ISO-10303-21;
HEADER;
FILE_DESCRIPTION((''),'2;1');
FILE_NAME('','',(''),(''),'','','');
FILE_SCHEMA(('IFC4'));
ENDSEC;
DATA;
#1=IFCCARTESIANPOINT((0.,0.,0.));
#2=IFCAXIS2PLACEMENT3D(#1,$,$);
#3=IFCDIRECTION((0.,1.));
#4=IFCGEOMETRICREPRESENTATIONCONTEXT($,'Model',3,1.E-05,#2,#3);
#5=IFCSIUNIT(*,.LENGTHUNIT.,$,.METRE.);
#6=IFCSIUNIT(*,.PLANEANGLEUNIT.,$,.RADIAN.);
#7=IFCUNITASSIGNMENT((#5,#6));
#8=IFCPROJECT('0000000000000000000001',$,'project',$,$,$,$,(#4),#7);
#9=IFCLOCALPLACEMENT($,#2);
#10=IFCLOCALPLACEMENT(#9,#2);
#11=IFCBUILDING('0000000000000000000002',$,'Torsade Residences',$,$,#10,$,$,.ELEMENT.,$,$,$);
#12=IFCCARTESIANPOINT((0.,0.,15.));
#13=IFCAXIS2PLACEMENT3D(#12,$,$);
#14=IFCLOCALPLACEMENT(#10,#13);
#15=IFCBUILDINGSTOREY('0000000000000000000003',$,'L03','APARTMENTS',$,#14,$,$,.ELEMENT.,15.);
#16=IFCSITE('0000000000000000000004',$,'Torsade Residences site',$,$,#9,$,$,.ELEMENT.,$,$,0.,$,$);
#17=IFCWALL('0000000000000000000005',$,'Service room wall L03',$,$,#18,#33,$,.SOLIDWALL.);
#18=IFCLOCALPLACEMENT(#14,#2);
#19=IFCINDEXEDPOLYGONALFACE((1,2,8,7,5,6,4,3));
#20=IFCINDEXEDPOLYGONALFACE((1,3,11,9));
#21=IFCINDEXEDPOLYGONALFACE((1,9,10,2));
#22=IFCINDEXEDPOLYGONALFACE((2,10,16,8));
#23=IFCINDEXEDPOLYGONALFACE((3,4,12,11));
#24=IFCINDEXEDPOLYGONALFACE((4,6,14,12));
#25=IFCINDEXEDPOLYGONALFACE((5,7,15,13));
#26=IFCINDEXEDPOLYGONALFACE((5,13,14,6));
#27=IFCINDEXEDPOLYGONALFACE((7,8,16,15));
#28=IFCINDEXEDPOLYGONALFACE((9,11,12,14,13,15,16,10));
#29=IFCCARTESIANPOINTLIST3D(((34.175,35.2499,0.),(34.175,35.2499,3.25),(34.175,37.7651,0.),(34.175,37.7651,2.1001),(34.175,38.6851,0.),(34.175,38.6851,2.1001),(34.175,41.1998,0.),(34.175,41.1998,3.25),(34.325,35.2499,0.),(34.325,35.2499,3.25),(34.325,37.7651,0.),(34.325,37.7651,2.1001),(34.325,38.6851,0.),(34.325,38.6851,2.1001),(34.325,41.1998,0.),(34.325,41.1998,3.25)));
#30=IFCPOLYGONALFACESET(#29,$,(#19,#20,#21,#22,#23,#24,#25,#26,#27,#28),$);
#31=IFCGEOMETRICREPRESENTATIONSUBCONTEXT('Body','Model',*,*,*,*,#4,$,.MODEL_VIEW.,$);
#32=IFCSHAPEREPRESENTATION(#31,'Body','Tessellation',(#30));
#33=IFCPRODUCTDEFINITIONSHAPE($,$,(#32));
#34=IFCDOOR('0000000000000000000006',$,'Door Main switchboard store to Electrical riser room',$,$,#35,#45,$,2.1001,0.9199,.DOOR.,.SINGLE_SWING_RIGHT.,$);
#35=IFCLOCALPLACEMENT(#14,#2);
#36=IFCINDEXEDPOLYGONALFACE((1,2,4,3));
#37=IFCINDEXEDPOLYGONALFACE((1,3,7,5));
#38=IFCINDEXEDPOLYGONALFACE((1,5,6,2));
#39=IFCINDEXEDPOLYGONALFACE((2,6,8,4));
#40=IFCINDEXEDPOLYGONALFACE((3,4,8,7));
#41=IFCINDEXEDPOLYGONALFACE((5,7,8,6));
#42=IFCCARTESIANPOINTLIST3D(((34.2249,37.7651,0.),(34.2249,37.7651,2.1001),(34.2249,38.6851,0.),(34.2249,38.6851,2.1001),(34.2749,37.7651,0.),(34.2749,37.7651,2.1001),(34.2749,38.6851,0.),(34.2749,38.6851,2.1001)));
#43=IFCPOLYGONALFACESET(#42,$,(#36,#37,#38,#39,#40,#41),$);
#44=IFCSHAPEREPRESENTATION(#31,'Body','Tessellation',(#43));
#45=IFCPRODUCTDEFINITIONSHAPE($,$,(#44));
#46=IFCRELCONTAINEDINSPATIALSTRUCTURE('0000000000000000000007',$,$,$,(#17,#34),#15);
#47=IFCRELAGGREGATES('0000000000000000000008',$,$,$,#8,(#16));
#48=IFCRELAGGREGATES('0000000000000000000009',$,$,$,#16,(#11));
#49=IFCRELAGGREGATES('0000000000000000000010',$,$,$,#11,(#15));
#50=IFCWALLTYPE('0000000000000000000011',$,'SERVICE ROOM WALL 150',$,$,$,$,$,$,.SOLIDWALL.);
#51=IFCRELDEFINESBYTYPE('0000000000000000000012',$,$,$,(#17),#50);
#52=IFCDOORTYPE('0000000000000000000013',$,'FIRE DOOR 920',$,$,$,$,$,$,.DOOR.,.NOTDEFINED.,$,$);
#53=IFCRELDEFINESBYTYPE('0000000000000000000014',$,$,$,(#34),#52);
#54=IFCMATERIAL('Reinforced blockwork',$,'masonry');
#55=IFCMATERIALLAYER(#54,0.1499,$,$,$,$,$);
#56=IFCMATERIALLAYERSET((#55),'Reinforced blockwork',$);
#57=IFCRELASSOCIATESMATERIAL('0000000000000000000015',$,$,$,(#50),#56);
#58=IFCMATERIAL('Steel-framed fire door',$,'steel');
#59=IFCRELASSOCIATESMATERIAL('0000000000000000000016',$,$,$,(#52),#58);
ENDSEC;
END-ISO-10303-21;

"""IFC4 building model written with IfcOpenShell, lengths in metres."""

from ifc_helpers import new_model, si_unit, direction, frame, frame_2d, origin, place, context, subcontext, project, spatial, rectangle, extrude, material, layer, layer_set, type_object, element, fill, save


model = new_model("IFC4")

# Units and contexts
model_context = context("Model", 3, precision=1e-05, world=origin(), true_north=direction((0.0, 1.0)))
body_context = subcontext(model_context, "Body", "Model", "MODEL_VIEW")
ifc_project = project(units=[si_unit("LENGTHUNIT", "METRE"), si_unit("PLANEANGLEUNIT", "RADIAN")], contexts=[model_context])

# Site, building, storey
site_placement = place(None, origin())
site = spatial("IfcSite", under=ifc_project, at=site_placement, Name="Torsade Residences site", CompositionType="ELEMENT", RefElevation=0.0)
building_placement = place(site_placement, origin())
building = spatial("IfcBuilding", under=site, at=building_placement, Name="Torsade Residences", CompositionType="ELEMENT")
storey_placement = place(building_placement, frame((0.0, 0.0, 15.0)))
storey = spatial("IfcBuildingStorey", under=building, at=storey_placement, Name="L03", Description="APARTMENTS", CompositionType="ELEMENT", Elevation=15.0)

# Wall, opening, door
ifc_material_1 = material(Name="Reinforced blockwork", Category="masonry")
ifc_layer_1 = layer(ifc_material_1, 0.1499)
ifc_layer_set_1 = layer_set([ifc_layer_1], Name="Reinforced blockwork")
wall_type_1 = type_object("IfcWallType", Name="SERVICE ROOM WALL 150", PredefinedType="SOLIDWALL", material=ifc_layer_set_1)
wall_1_placement = place(storey_placement, frame((34.25, 41.2, 0.0), z_axis=(0.0, 0.0, 1.0), x_axis=(0.0, -1.0, 0.0)))
wall_1 = element("IfcWall", 1, at=wall_1_placement, inside=storey, type_object=wall_type_1, Name="Service room wall L03", PredefinedType="SOLIDWALL", context=body_context, shape_type="SweptSolid", body=[
    extrude(rectangle(XDim=5.95, YDim=0.1499, at=frame_2d((2.9751, 0.0))), origin(), (0.0, 0.0, 1.0), 3.25),
])
opening_1_placement = place(wall_1_placement, frame((2.5149, 0.0, 0.0)))
opening_1 = element("IfcOpeningElement", 2, at=opening_1_placement, cuts=wall_1, PredefinedType="OPENING", context=body_context, shape_type="SweptSolid", body=[
    extrude(rectangle(XDim=0.9199, YDim=2.1001, at=frame_2d((0.46, 1.05))), frame((0.0, 0.085, 0.0), z_axis=(0.0, -1.0, 0.0), x_axis=(1.0, 0.0, 0.0)), (0.0, 0.0, 1.0), 0.1699),
])
ifc_material_2 = material(Name="Steel-framed fire door", Category="steel")
door_type_1 = type_object("IfcDoorType", Name="FIRE DOOR 920", OperationType="NOTDEFINED", PredefinedType="DOOR", material=ifc_material_2)
door_1_placement = place(opening_1_placement, origin())
door_1 = element("IfcDoor", 3, at=door_1_placement, inside=storey, type_object=door_type_1, Name="Door Main switchboard store to Electrical riser room", OperationType="SINGLE_SWING_RIGHT", OverallHeight=2.1001, OverallWidth=0.9199, PredefinedType="DOOR", context=body_context, shape_type="SweptSolid", body=[
    extrude(rectangle(XDim=0.9199, YDim=2.1001, at=frame_2d((0.46, 1.05))), frame((0.0, 0.0249, 0.0), z_axis=(0.0, -1.0, 0.0), x_axis=(1.0, 0.0, 0.0)), (0.0, 0.0, 1.0), 0.05),
])
fill(opening_1, door_1)

save(model, "model.ifc")
